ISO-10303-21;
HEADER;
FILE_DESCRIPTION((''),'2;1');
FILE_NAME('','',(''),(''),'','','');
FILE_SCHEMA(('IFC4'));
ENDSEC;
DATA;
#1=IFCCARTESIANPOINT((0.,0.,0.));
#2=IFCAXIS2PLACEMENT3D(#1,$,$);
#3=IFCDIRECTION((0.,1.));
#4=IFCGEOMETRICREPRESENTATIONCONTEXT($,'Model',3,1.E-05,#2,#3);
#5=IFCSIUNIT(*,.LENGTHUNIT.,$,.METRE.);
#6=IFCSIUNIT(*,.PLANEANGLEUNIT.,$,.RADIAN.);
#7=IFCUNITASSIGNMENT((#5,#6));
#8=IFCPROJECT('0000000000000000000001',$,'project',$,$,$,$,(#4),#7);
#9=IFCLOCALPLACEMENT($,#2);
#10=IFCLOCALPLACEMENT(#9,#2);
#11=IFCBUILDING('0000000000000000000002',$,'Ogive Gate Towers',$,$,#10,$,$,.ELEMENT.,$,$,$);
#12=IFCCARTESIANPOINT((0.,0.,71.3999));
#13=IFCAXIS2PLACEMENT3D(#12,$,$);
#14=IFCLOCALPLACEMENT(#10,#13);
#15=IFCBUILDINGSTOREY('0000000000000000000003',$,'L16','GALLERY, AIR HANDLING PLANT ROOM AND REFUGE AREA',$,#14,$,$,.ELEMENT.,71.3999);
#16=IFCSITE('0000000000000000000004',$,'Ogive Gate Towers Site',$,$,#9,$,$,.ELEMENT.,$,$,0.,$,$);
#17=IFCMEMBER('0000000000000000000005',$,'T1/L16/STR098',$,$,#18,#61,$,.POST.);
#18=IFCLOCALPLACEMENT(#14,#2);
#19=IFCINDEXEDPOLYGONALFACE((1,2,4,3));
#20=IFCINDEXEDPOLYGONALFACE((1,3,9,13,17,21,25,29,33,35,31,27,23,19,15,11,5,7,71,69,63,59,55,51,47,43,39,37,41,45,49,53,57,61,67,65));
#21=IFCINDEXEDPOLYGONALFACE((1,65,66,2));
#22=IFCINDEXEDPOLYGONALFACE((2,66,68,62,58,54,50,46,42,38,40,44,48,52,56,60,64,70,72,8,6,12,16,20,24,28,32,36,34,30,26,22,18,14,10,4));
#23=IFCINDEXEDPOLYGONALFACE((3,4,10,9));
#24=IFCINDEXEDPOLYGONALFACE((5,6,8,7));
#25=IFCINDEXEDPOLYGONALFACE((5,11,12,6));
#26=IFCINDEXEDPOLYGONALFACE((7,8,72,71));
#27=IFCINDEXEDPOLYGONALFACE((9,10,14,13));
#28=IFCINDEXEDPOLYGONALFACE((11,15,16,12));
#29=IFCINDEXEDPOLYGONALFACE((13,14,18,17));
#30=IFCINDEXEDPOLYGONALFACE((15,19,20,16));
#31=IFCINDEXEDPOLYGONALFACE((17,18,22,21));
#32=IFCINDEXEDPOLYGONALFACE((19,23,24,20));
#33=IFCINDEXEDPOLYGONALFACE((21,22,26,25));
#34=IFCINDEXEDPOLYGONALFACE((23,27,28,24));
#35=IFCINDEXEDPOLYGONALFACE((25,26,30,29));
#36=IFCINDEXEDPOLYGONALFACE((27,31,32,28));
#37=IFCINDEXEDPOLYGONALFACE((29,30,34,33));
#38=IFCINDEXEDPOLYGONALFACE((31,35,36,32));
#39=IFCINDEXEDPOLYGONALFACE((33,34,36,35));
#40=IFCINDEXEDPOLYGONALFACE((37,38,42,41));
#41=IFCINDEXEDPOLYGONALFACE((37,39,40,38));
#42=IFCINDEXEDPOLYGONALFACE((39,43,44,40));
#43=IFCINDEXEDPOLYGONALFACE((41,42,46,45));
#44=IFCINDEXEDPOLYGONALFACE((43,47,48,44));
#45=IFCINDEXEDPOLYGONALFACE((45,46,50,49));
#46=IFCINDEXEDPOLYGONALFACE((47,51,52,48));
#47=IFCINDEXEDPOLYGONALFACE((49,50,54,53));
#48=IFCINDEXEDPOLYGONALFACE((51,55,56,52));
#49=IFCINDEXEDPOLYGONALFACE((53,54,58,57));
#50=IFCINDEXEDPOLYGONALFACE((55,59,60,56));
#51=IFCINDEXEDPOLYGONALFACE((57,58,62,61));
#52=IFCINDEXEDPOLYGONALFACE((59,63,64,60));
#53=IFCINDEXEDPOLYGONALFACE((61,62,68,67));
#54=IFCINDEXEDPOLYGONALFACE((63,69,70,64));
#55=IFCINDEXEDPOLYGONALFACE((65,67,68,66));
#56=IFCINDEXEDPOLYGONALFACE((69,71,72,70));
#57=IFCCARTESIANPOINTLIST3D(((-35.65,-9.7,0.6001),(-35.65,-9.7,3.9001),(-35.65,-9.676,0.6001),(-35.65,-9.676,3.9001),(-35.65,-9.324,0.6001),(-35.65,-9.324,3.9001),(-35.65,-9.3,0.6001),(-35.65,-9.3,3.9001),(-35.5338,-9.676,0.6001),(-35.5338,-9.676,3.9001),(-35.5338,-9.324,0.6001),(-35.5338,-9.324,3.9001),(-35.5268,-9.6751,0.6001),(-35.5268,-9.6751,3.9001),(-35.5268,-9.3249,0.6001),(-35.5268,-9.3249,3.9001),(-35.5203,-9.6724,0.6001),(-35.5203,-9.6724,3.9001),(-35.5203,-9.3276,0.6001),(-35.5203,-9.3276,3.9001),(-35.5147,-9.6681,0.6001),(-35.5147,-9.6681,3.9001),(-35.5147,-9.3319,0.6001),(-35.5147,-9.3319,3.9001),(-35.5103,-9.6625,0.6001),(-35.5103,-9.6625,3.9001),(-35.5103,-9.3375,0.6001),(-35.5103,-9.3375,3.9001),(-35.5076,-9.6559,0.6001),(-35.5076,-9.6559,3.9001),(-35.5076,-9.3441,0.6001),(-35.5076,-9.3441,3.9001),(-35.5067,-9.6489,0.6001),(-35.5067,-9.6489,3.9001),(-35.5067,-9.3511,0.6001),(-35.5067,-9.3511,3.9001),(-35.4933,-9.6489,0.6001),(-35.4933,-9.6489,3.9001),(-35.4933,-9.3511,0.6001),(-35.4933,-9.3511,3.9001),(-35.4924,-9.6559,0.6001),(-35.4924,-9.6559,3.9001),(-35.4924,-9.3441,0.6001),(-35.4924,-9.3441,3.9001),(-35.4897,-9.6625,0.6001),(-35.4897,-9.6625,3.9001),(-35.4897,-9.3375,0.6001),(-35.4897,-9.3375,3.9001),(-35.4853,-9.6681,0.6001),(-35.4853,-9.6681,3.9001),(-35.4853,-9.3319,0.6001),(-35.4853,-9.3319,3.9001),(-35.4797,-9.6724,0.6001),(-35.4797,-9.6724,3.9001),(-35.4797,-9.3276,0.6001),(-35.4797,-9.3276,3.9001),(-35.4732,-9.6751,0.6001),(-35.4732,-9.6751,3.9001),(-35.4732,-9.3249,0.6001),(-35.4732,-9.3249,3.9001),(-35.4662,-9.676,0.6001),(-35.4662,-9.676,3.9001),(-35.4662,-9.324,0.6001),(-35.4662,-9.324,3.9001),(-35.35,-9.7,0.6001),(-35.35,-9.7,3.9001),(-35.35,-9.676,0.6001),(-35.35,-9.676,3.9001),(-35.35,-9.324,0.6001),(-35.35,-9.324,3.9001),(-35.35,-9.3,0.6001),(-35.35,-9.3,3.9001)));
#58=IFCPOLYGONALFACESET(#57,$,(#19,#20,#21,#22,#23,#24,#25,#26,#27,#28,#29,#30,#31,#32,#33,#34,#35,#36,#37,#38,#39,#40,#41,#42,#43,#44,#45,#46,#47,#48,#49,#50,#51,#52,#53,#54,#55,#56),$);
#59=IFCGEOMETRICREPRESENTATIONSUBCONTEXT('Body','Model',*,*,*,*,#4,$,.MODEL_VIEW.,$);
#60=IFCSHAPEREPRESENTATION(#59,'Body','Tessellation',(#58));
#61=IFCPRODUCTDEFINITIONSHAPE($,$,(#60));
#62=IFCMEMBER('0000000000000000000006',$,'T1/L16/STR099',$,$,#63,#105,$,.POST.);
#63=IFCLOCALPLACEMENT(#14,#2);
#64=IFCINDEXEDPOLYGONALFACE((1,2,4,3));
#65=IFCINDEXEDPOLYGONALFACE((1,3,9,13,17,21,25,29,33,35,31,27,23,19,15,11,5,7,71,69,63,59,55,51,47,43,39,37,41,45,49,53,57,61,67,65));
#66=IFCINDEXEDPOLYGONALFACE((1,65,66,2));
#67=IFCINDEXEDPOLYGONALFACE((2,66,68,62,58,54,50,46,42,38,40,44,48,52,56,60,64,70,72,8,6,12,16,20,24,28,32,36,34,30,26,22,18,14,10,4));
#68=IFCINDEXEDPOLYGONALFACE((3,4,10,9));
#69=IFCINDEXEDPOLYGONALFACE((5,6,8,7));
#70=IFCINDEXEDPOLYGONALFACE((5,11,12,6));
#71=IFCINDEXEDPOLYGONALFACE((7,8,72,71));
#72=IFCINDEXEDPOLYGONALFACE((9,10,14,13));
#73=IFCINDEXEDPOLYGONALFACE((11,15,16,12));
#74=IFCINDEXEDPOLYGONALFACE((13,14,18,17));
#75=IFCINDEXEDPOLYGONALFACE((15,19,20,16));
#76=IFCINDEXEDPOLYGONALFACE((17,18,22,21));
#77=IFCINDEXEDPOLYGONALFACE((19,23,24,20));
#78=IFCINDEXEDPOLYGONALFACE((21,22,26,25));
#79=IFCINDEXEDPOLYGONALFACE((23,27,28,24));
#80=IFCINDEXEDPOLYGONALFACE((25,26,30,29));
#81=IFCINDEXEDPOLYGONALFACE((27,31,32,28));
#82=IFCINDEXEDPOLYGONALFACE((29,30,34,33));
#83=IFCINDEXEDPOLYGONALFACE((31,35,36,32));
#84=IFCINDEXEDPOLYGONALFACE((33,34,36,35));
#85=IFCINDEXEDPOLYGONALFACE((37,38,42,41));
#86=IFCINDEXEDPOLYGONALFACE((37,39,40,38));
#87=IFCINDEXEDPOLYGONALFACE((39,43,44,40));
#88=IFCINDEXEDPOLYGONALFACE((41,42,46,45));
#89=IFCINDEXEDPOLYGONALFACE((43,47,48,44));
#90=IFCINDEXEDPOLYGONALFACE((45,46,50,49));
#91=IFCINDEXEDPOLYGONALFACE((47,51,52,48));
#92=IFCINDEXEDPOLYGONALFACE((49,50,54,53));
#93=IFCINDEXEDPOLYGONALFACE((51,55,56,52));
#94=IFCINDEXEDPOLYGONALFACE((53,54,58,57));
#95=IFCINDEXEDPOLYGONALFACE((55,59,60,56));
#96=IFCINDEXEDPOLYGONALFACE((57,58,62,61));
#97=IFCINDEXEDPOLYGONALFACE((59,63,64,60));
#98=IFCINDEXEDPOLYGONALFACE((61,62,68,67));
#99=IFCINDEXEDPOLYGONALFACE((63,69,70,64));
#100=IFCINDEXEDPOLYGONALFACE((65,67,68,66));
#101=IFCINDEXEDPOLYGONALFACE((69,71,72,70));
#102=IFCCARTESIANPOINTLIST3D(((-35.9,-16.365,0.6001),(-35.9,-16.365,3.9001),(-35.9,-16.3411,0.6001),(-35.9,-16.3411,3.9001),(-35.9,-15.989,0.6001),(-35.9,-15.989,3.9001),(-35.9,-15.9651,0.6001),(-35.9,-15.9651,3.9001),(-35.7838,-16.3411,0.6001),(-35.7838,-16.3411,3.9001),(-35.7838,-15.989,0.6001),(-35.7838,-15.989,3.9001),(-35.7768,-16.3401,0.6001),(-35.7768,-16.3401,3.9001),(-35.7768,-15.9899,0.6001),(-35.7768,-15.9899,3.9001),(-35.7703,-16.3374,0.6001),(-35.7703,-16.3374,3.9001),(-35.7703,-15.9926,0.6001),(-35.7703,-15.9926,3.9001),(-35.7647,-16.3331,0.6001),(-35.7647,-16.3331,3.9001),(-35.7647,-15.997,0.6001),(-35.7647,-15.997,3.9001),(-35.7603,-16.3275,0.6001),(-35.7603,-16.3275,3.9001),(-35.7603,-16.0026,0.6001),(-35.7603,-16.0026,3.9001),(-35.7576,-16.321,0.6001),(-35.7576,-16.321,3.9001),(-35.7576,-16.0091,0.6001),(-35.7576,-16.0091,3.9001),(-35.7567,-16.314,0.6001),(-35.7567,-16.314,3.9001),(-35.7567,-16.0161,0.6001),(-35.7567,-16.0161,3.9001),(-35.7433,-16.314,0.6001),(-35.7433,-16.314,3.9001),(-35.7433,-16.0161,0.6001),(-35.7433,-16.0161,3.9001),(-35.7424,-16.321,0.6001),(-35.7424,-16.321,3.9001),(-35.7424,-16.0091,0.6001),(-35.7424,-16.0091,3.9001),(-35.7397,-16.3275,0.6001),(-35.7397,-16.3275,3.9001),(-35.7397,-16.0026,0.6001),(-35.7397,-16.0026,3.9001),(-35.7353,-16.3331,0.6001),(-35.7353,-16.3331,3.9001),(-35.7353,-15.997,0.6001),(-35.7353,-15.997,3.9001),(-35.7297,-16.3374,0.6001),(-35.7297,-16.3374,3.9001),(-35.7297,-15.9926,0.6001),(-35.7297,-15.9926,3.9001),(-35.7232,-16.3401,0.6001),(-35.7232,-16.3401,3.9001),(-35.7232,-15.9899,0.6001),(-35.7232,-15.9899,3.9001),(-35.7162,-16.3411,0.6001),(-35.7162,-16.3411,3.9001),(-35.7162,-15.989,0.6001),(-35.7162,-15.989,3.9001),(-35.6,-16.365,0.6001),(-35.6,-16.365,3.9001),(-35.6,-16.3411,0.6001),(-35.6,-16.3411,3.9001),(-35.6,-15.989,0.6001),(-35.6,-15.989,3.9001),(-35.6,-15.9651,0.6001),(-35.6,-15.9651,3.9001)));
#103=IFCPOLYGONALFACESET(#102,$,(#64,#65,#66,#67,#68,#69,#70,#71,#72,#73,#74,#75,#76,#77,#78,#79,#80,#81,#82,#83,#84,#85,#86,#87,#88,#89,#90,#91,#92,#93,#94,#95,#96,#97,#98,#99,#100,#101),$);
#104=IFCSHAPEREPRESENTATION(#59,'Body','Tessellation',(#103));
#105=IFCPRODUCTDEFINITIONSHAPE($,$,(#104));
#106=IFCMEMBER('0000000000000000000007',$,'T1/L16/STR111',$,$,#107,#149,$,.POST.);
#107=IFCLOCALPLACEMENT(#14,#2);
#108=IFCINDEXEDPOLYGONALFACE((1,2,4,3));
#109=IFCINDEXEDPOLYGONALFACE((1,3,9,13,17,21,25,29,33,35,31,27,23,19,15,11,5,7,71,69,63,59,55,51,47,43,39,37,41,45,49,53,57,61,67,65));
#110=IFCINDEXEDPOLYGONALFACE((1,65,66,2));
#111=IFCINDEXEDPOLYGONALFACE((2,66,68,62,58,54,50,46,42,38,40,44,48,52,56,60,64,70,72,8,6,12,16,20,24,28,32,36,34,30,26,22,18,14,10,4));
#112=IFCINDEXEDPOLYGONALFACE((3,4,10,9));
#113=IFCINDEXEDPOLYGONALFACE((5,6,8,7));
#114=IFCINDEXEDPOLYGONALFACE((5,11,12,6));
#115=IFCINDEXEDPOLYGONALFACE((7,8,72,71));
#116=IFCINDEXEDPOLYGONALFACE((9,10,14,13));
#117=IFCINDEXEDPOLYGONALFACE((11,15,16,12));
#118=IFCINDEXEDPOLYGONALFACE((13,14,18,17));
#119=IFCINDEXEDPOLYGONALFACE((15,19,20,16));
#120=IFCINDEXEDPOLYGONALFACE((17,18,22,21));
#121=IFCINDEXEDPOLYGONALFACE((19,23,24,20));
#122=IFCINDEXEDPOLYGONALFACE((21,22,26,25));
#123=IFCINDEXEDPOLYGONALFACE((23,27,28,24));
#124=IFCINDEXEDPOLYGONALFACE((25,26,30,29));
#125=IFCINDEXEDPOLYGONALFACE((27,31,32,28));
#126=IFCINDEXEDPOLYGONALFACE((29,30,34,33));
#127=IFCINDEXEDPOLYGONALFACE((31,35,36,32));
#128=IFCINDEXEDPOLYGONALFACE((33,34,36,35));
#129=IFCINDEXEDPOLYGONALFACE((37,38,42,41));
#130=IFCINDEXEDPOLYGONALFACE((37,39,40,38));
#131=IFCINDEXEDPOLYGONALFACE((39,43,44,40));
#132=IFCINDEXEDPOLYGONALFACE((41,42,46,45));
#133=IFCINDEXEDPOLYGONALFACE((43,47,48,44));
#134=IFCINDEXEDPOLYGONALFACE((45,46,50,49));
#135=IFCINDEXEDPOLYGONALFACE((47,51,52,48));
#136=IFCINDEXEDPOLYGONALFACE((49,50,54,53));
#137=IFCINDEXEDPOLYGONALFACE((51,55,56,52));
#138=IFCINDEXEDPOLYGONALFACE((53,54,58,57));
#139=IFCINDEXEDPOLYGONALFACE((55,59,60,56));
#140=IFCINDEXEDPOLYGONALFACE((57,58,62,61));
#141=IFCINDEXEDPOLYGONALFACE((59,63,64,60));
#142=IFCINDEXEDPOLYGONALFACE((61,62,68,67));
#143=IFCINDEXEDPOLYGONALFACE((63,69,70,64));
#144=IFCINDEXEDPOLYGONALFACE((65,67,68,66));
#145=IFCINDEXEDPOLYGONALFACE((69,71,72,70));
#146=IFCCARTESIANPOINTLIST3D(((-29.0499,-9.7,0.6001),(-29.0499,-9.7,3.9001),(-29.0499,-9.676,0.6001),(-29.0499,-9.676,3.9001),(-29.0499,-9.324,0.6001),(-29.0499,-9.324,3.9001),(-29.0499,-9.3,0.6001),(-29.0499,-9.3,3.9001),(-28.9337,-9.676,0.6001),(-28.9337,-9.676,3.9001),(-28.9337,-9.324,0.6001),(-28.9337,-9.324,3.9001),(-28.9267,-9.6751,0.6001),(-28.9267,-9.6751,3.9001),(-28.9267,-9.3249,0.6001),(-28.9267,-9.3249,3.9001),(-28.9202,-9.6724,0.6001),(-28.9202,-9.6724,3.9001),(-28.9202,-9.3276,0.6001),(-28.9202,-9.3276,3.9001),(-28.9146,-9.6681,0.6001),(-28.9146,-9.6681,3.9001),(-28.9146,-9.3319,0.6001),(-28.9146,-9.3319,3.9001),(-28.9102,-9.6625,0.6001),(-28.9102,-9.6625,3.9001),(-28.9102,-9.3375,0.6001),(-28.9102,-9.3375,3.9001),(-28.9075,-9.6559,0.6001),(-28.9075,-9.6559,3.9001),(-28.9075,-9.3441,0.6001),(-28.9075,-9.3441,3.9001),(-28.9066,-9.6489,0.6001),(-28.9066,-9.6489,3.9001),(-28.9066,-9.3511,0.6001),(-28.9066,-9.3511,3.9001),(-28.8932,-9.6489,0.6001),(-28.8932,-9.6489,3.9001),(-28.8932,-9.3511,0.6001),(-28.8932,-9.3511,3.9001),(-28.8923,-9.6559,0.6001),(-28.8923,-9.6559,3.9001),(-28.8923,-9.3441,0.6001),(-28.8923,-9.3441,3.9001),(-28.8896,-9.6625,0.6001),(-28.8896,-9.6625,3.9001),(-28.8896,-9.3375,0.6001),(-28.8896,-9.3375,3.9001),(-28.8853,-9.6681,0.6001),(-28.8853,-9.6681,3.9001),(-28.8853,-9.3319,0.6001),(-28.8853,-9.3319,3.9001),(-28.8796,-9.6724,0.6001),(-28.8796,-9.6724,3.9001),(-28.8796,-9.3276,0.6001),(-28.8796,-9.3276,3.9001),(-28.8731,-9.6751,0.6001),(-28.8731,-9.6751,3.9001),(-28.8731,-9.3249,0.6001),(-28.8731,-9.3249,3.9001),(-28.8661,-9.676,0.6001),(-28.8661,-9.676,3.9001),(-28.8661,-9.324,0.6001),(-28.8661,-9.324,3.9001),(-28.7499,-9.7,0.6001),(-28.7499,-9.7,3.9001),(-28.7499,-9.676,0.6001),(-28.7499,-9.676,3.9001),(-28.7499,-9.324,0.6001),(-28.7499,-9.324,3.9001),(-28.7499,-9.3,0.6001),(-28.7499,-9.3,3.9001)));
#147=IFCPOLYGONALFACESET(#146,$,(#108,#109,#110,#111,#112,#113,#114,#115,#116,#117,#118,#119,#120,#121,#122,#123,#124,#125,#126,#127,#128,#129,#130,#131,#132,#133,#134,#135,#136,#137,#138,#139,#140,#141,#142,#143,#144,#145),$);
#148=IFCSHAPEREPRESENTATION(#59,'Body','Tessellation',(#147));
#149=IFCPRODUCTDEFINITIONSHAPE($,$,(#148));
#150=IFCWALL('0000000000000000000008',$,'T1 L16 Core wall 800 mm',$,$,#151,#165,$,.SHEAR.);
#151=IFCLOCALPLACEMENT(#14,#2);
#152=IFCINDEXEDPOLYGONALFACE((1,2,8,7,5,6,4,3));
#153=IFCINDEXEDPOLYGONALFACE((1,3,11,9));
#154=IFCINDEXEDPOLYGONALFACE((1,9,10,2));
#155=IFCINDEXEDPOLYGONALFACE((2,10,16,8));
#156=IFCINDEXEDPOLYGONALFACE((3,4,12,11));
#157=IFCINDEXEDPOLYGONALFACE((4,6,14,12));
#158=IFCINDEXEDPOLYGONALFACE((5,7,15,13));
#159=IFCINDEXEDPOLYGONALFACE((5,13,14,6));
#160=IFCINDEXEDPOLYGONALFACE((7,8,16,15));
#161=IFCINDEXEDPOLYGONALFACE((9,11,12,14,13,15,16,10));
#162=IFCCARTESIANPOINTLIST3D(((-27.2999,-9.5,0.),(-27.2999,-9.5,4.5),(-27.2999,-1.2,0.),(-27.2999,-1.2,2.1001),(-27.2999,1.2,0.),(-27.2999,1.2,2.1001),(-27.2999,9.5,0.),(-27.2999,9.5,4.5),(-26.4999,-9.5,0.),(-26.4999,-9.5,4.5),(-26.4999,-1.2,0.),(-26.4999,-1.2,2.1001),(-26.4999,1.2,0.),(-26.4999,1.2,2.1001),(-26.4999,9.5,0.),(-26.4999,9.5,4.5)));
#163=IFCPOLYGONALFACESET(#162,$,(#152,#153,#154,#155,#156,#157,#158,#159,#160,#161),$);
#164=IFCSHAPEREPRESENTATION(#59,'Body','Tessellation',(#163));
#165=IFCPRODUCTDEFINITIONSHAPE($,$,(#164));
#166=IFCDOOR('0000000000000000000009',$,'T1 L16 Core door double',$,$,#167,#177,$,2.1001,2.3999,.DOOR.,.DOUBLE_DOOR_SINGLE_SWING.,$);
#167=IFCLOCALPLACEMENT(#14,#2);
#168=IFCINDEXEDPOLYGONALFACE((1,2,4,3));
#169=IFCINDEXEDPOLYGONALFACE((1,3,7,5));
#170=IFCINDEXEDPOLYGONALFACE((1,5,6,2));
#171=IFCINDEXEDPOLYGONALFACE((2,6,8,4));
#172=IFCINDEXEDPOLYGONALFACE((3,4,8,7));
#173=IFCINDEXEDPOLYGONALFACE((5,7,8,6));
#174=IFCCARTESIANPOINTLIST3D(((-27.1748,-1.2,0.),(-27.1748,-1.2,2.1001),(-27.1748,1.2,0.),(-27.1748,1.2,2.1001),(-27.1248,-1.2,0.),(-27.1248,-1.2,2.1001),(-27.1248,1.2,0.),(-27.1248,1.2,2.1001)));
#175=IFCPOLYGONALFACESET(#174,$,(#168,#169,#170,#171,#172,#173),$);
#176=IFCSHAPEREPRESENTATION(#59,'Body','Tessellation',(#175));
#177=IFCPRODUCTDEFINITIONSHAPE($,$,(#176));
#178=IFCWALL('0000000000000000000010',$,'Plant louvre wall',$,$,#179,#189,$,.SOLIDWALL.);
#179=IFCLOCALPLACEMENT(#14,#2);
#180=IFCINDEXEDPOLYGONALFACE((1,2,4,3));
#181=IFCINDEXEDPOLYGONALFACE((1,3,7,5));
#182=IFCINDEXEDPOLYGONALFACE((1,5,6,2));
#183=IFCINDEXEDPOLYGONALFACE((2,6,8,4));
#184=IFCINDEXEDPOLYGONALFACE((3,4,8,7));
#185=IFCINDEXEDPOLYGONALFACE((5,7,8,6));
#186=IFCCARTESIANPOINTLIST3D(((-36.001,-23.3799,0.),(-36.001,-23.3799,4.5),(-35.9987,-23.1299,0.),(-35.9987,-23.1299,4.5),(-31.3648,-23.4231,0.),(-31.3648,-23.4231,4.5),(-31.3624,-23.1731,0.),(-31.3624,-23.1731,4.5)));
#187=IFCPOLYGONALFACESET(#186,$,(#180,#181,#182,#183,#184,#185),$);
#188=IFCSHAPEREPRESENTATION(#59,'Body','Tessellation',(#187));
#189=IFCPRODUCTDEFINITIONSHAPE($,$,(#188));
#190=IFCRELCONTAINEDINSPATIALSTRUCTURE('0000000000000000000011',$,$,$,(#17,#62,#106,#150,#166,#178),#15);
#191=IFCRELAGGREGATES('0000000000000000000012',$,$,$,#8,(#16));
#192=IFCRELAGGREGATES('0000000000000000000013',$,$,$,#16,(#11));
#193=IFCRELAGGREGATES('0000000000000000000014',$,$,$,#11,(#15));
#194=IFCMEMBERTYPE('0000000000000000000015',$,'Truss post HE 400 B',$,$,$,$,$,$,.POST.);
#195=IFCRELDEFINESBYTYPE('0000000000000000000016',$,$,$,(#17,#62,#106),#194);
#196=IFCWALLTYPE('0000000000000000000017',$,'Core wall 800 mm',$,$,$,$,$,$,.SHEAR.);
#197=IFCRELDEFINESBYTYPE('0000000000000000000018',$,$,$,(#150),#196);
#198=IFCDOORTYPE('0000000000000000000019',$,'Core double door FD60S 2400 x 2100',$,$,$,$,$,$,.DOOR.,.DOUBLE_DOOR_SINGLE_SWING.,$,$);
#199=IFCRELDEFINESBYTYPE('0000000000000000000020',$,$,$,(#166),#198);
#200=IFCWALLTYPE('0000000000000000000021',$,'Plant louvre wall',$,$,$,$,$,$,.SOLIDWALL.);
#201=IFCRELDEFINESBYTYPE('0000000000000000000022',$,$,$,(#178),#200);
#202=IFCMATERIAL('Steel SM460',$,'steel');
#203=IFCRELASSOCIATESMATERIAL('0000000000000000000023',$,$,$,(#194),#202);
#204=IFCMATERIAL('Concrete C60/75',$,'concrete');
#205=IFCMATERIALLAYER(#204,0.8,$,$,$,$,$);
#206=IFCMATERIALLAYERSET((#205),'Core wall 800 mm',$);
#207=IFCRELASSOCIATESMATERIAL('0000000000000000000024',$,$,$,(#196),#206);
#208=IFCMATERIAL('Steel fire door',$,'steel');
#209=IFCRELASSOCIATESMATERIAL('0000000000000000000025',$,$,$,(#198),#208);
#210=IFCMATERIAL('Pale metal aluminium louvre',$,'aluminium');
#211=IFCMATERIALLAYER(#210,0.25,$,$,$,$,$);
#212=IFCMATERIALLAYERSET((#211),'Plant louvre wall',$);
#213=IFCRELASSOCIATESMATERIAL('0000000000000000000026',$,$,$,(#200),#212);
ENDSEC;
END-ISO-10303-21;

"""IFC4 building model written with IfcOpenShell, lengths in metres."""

from ifc_helpers import new_model, si_unit, direction, frame, frame_2d, origin, origin_2d, place, context, subcontext, project, spatial, rectangle, i_section, extrude, material, layer, layer_set, material_profile, profile_set, type_object, element, fill, save


model = new_model("IFC4")

# Units and contexts
model_context = context("Model", 3, precision=1e-05, world=origin(), true_north=direction((0.0, 1.0)))
body_context = subcontext(model_context, "Body", "Model", "MODEL_VIEW")
ifc_project = project(units=[si_unit("LENGTHUNIT", "METRE"), si_unit("PLANEANGLEUNIT", "RADIAN")], contexts=[model_context])

# Site, building, storey
site_placement = place(None, origin())
site = spatial("IfcSite", under=ifc_project, at=site_placement, Name="Ogive Gate Towers Site", CompositionType="ELEMENT", RefElevation=0.0)
building_placement = place(site_placement, origin())
building = spatial("IfcBuilding", under=site, at=building_placement, Name="Ogive Gate Towers", CompositionType="ELEMENT")
storey_placement = place(building_placement, frame((0.0, 0.0, 71.3999)))
storey = spatial("IfcBuildingStorey", under=building, at=storey_placement, Name="L16", Description="GALLERY, AIR HANDLING PLANT ROOM AND REFUGE AREA", CompositionType="ELEMENT", Elevation=71.3999)

# Shared definitions
ifc_material_1 = material(Name="Steel SM460", Category="steel")

# Members
ifc_material_profile_1 = material_profile(ifc_material_1, i_section(OverallWidth=0.3, OverallDepth=0.3999, WebThickness=0.0134, FlangeThickness=0.0239, FilletRadius=0.0271, at=origin_2d()), Name="HE 400 B")
ifc_profile_set_1 = profile_set([ifc_material_profile_1], Name="Steel SM460")
member_type_1 = type_object("IfcMemberType", Name="Truss post HE 400 B", PredefinedType="POST", material=ifc_profile_set_1)
for number, where, z_axis, x_axis, name in (
    (1, (-35.5, -9.5, 0.6001), (0.0, 0.0, 1.0), (1.0, 0.0, 0.0), "T1/L16/STR098"),
    (2, (-35.75, -16.165, 0.6001), (0.0, 0.0, 1.0), (1.0, 0.0, 0.0), "T1/L16/STR099"),
    (3, (-28.8999, -9.5, 0.6001), (0.0, 0.0, 1.0), (1.0, 0.0, 0.0), "T1/L16/STR111"),
):
    element("IfcMember", number, at=place(storey_placement, frame(where, z_axis=z_axis, x_axis=x_axis)), inside=storey, type_object=member_type_1, Name=name, PredefinedType="POST", context=body_context, shape_type="SweptSolid", body=[
        extrude(i_section(OverallWidth=0.3, OverallDepth=0.3999, WebThickness=0.0134, FlangeThickness=0.0239, FilletRadius=0.0271, at=origin_2d()), origin(), (0.0, 0.0, 1.0), 3.3),
    ])

# Wall, opening, door
ifc_material_2 = material(Name="Concrete C60/75", Category="concrete")
ifc_layer_1 = layer(ifc_material_2, 0.8)
ifc_layer_set_1 = layer_set([ifc_layer_1], Name="Core wall 800 mm")
wall_type_1 = type_object("IfcWallType", Name="Core wall 800 mm", PredefinedType="SHEAR", material=ifc_layer_set_1)
wall_1_placement = place(storey_placement, frame((-26.8999, -9.5, 0.0), z_axis=(0.0, 0.0, 1.0), x_axis=(0.0, 1.0, 0.0)))
wall_1 = element("IfcWall", 4, at=wall_1_placement, inside=storey, type_object=wall_type_1, Name="T1 L16 Core wall 800 mm", PredefinedType="SHEAR", context=body_context, shape_type="SweptSolid", body=[
    extrude(rectangle(XDim=19.0, YDim=0.8, at=frame_2d((9.5, 0.0))), origin(), (0.0, 0.0, 1.0), 4.5),
])
opening_1_placement = place(wall_1_placement, frame((8.3, 0.0, 0.0)))
opening_1 = element("IfcOpeningElement", 5, at=opening_1_placement, cuts=wall_1, PredefinedType="OPENING", context=body_context, shape_type="SweptSolid", body=[
    extrude(rectangle(XDim=2.3999, YDim=2.1001, at=frame_2d((1.2, 1.05))), frame((0.0, 0.4102, 0.0), z_axis=(0.0, -1.0, 0.0), x_axis=(1.0, 0.0, 0.0)), (0.0, 0.0, 1.0), 0.8201),
])
ifc_material_3 = material(Name="Steel fire door", Category="steel")
door_type_1 = type_object("IfcDoorType", Name="Core double door FD60S 2400 x 2100", OperationType="DOUBLE_DOOR_SINGLE_SWING", PredefinedType="DOOR", material=ifc_material_3)
door_1_placement = place(opening_1_placement, origin())
door_1 = element("IfcDoor", 6, at=door_1_placement, inside=storey, type_object=door_type_1, Name="T1 L16 Core door double", OperationType="DOUBLE_DOOR_SINGLE_SWING", OverallHeight=2.1001, OverallWidth=2.3999, PredefinedType="DOOR", context=body_context, shape_type="SweptSolid", body=[
    extrude(rectangle(XDim=2.3999, YDim=2.1001, at=frame_2d((1.2, 1.05))), frame((0.0, 0.2749, 0.0), z_axis=(0.0, -1.0, 0.0), x_axis=(1.0, 0.0, 0.0)), (0.0, 0.0, 1.0), 0.05),
])
fill(opening_1, door_1)

# Wall
ifc_material_4 = material(Name="Pale metal aluminium louvre", Category="aluminium")
ifc_layer_2 = layer(ifc_material_4, 0.25)
ifc_layer_set_2 = layer_set([ifc_layer_2], Name="Plant louvre wall")
wall_type_2 = type_object("IfcWallType", Name="Plant louvre wall", PredefinedType="SOLIDWALL", material=ifc_layer_set_2)
wall_2_placement = place(storey_placement, frame((-36.0, -23.2549, 0.0), z_axis=(0.0, 0.0, 1.0), x_axis=(0.999957, -0.00932, 0.0)))
element("IfcWall", 7, at=wall_2_placement, inside=storey, type_object=wall_type_2, Name="Plant louvre wall", PredefinedType="SOLIDWALL", context=body_context, shape_type="SweptSolid", body=[
    extrude(rectangle(XDim=4.6365, YDim=0.25, at=frame_2d((2.3184, 0.0))), origin(), (0.0, 0.0, 1.0), 4.5),
])

save(model, "model.ifc")
